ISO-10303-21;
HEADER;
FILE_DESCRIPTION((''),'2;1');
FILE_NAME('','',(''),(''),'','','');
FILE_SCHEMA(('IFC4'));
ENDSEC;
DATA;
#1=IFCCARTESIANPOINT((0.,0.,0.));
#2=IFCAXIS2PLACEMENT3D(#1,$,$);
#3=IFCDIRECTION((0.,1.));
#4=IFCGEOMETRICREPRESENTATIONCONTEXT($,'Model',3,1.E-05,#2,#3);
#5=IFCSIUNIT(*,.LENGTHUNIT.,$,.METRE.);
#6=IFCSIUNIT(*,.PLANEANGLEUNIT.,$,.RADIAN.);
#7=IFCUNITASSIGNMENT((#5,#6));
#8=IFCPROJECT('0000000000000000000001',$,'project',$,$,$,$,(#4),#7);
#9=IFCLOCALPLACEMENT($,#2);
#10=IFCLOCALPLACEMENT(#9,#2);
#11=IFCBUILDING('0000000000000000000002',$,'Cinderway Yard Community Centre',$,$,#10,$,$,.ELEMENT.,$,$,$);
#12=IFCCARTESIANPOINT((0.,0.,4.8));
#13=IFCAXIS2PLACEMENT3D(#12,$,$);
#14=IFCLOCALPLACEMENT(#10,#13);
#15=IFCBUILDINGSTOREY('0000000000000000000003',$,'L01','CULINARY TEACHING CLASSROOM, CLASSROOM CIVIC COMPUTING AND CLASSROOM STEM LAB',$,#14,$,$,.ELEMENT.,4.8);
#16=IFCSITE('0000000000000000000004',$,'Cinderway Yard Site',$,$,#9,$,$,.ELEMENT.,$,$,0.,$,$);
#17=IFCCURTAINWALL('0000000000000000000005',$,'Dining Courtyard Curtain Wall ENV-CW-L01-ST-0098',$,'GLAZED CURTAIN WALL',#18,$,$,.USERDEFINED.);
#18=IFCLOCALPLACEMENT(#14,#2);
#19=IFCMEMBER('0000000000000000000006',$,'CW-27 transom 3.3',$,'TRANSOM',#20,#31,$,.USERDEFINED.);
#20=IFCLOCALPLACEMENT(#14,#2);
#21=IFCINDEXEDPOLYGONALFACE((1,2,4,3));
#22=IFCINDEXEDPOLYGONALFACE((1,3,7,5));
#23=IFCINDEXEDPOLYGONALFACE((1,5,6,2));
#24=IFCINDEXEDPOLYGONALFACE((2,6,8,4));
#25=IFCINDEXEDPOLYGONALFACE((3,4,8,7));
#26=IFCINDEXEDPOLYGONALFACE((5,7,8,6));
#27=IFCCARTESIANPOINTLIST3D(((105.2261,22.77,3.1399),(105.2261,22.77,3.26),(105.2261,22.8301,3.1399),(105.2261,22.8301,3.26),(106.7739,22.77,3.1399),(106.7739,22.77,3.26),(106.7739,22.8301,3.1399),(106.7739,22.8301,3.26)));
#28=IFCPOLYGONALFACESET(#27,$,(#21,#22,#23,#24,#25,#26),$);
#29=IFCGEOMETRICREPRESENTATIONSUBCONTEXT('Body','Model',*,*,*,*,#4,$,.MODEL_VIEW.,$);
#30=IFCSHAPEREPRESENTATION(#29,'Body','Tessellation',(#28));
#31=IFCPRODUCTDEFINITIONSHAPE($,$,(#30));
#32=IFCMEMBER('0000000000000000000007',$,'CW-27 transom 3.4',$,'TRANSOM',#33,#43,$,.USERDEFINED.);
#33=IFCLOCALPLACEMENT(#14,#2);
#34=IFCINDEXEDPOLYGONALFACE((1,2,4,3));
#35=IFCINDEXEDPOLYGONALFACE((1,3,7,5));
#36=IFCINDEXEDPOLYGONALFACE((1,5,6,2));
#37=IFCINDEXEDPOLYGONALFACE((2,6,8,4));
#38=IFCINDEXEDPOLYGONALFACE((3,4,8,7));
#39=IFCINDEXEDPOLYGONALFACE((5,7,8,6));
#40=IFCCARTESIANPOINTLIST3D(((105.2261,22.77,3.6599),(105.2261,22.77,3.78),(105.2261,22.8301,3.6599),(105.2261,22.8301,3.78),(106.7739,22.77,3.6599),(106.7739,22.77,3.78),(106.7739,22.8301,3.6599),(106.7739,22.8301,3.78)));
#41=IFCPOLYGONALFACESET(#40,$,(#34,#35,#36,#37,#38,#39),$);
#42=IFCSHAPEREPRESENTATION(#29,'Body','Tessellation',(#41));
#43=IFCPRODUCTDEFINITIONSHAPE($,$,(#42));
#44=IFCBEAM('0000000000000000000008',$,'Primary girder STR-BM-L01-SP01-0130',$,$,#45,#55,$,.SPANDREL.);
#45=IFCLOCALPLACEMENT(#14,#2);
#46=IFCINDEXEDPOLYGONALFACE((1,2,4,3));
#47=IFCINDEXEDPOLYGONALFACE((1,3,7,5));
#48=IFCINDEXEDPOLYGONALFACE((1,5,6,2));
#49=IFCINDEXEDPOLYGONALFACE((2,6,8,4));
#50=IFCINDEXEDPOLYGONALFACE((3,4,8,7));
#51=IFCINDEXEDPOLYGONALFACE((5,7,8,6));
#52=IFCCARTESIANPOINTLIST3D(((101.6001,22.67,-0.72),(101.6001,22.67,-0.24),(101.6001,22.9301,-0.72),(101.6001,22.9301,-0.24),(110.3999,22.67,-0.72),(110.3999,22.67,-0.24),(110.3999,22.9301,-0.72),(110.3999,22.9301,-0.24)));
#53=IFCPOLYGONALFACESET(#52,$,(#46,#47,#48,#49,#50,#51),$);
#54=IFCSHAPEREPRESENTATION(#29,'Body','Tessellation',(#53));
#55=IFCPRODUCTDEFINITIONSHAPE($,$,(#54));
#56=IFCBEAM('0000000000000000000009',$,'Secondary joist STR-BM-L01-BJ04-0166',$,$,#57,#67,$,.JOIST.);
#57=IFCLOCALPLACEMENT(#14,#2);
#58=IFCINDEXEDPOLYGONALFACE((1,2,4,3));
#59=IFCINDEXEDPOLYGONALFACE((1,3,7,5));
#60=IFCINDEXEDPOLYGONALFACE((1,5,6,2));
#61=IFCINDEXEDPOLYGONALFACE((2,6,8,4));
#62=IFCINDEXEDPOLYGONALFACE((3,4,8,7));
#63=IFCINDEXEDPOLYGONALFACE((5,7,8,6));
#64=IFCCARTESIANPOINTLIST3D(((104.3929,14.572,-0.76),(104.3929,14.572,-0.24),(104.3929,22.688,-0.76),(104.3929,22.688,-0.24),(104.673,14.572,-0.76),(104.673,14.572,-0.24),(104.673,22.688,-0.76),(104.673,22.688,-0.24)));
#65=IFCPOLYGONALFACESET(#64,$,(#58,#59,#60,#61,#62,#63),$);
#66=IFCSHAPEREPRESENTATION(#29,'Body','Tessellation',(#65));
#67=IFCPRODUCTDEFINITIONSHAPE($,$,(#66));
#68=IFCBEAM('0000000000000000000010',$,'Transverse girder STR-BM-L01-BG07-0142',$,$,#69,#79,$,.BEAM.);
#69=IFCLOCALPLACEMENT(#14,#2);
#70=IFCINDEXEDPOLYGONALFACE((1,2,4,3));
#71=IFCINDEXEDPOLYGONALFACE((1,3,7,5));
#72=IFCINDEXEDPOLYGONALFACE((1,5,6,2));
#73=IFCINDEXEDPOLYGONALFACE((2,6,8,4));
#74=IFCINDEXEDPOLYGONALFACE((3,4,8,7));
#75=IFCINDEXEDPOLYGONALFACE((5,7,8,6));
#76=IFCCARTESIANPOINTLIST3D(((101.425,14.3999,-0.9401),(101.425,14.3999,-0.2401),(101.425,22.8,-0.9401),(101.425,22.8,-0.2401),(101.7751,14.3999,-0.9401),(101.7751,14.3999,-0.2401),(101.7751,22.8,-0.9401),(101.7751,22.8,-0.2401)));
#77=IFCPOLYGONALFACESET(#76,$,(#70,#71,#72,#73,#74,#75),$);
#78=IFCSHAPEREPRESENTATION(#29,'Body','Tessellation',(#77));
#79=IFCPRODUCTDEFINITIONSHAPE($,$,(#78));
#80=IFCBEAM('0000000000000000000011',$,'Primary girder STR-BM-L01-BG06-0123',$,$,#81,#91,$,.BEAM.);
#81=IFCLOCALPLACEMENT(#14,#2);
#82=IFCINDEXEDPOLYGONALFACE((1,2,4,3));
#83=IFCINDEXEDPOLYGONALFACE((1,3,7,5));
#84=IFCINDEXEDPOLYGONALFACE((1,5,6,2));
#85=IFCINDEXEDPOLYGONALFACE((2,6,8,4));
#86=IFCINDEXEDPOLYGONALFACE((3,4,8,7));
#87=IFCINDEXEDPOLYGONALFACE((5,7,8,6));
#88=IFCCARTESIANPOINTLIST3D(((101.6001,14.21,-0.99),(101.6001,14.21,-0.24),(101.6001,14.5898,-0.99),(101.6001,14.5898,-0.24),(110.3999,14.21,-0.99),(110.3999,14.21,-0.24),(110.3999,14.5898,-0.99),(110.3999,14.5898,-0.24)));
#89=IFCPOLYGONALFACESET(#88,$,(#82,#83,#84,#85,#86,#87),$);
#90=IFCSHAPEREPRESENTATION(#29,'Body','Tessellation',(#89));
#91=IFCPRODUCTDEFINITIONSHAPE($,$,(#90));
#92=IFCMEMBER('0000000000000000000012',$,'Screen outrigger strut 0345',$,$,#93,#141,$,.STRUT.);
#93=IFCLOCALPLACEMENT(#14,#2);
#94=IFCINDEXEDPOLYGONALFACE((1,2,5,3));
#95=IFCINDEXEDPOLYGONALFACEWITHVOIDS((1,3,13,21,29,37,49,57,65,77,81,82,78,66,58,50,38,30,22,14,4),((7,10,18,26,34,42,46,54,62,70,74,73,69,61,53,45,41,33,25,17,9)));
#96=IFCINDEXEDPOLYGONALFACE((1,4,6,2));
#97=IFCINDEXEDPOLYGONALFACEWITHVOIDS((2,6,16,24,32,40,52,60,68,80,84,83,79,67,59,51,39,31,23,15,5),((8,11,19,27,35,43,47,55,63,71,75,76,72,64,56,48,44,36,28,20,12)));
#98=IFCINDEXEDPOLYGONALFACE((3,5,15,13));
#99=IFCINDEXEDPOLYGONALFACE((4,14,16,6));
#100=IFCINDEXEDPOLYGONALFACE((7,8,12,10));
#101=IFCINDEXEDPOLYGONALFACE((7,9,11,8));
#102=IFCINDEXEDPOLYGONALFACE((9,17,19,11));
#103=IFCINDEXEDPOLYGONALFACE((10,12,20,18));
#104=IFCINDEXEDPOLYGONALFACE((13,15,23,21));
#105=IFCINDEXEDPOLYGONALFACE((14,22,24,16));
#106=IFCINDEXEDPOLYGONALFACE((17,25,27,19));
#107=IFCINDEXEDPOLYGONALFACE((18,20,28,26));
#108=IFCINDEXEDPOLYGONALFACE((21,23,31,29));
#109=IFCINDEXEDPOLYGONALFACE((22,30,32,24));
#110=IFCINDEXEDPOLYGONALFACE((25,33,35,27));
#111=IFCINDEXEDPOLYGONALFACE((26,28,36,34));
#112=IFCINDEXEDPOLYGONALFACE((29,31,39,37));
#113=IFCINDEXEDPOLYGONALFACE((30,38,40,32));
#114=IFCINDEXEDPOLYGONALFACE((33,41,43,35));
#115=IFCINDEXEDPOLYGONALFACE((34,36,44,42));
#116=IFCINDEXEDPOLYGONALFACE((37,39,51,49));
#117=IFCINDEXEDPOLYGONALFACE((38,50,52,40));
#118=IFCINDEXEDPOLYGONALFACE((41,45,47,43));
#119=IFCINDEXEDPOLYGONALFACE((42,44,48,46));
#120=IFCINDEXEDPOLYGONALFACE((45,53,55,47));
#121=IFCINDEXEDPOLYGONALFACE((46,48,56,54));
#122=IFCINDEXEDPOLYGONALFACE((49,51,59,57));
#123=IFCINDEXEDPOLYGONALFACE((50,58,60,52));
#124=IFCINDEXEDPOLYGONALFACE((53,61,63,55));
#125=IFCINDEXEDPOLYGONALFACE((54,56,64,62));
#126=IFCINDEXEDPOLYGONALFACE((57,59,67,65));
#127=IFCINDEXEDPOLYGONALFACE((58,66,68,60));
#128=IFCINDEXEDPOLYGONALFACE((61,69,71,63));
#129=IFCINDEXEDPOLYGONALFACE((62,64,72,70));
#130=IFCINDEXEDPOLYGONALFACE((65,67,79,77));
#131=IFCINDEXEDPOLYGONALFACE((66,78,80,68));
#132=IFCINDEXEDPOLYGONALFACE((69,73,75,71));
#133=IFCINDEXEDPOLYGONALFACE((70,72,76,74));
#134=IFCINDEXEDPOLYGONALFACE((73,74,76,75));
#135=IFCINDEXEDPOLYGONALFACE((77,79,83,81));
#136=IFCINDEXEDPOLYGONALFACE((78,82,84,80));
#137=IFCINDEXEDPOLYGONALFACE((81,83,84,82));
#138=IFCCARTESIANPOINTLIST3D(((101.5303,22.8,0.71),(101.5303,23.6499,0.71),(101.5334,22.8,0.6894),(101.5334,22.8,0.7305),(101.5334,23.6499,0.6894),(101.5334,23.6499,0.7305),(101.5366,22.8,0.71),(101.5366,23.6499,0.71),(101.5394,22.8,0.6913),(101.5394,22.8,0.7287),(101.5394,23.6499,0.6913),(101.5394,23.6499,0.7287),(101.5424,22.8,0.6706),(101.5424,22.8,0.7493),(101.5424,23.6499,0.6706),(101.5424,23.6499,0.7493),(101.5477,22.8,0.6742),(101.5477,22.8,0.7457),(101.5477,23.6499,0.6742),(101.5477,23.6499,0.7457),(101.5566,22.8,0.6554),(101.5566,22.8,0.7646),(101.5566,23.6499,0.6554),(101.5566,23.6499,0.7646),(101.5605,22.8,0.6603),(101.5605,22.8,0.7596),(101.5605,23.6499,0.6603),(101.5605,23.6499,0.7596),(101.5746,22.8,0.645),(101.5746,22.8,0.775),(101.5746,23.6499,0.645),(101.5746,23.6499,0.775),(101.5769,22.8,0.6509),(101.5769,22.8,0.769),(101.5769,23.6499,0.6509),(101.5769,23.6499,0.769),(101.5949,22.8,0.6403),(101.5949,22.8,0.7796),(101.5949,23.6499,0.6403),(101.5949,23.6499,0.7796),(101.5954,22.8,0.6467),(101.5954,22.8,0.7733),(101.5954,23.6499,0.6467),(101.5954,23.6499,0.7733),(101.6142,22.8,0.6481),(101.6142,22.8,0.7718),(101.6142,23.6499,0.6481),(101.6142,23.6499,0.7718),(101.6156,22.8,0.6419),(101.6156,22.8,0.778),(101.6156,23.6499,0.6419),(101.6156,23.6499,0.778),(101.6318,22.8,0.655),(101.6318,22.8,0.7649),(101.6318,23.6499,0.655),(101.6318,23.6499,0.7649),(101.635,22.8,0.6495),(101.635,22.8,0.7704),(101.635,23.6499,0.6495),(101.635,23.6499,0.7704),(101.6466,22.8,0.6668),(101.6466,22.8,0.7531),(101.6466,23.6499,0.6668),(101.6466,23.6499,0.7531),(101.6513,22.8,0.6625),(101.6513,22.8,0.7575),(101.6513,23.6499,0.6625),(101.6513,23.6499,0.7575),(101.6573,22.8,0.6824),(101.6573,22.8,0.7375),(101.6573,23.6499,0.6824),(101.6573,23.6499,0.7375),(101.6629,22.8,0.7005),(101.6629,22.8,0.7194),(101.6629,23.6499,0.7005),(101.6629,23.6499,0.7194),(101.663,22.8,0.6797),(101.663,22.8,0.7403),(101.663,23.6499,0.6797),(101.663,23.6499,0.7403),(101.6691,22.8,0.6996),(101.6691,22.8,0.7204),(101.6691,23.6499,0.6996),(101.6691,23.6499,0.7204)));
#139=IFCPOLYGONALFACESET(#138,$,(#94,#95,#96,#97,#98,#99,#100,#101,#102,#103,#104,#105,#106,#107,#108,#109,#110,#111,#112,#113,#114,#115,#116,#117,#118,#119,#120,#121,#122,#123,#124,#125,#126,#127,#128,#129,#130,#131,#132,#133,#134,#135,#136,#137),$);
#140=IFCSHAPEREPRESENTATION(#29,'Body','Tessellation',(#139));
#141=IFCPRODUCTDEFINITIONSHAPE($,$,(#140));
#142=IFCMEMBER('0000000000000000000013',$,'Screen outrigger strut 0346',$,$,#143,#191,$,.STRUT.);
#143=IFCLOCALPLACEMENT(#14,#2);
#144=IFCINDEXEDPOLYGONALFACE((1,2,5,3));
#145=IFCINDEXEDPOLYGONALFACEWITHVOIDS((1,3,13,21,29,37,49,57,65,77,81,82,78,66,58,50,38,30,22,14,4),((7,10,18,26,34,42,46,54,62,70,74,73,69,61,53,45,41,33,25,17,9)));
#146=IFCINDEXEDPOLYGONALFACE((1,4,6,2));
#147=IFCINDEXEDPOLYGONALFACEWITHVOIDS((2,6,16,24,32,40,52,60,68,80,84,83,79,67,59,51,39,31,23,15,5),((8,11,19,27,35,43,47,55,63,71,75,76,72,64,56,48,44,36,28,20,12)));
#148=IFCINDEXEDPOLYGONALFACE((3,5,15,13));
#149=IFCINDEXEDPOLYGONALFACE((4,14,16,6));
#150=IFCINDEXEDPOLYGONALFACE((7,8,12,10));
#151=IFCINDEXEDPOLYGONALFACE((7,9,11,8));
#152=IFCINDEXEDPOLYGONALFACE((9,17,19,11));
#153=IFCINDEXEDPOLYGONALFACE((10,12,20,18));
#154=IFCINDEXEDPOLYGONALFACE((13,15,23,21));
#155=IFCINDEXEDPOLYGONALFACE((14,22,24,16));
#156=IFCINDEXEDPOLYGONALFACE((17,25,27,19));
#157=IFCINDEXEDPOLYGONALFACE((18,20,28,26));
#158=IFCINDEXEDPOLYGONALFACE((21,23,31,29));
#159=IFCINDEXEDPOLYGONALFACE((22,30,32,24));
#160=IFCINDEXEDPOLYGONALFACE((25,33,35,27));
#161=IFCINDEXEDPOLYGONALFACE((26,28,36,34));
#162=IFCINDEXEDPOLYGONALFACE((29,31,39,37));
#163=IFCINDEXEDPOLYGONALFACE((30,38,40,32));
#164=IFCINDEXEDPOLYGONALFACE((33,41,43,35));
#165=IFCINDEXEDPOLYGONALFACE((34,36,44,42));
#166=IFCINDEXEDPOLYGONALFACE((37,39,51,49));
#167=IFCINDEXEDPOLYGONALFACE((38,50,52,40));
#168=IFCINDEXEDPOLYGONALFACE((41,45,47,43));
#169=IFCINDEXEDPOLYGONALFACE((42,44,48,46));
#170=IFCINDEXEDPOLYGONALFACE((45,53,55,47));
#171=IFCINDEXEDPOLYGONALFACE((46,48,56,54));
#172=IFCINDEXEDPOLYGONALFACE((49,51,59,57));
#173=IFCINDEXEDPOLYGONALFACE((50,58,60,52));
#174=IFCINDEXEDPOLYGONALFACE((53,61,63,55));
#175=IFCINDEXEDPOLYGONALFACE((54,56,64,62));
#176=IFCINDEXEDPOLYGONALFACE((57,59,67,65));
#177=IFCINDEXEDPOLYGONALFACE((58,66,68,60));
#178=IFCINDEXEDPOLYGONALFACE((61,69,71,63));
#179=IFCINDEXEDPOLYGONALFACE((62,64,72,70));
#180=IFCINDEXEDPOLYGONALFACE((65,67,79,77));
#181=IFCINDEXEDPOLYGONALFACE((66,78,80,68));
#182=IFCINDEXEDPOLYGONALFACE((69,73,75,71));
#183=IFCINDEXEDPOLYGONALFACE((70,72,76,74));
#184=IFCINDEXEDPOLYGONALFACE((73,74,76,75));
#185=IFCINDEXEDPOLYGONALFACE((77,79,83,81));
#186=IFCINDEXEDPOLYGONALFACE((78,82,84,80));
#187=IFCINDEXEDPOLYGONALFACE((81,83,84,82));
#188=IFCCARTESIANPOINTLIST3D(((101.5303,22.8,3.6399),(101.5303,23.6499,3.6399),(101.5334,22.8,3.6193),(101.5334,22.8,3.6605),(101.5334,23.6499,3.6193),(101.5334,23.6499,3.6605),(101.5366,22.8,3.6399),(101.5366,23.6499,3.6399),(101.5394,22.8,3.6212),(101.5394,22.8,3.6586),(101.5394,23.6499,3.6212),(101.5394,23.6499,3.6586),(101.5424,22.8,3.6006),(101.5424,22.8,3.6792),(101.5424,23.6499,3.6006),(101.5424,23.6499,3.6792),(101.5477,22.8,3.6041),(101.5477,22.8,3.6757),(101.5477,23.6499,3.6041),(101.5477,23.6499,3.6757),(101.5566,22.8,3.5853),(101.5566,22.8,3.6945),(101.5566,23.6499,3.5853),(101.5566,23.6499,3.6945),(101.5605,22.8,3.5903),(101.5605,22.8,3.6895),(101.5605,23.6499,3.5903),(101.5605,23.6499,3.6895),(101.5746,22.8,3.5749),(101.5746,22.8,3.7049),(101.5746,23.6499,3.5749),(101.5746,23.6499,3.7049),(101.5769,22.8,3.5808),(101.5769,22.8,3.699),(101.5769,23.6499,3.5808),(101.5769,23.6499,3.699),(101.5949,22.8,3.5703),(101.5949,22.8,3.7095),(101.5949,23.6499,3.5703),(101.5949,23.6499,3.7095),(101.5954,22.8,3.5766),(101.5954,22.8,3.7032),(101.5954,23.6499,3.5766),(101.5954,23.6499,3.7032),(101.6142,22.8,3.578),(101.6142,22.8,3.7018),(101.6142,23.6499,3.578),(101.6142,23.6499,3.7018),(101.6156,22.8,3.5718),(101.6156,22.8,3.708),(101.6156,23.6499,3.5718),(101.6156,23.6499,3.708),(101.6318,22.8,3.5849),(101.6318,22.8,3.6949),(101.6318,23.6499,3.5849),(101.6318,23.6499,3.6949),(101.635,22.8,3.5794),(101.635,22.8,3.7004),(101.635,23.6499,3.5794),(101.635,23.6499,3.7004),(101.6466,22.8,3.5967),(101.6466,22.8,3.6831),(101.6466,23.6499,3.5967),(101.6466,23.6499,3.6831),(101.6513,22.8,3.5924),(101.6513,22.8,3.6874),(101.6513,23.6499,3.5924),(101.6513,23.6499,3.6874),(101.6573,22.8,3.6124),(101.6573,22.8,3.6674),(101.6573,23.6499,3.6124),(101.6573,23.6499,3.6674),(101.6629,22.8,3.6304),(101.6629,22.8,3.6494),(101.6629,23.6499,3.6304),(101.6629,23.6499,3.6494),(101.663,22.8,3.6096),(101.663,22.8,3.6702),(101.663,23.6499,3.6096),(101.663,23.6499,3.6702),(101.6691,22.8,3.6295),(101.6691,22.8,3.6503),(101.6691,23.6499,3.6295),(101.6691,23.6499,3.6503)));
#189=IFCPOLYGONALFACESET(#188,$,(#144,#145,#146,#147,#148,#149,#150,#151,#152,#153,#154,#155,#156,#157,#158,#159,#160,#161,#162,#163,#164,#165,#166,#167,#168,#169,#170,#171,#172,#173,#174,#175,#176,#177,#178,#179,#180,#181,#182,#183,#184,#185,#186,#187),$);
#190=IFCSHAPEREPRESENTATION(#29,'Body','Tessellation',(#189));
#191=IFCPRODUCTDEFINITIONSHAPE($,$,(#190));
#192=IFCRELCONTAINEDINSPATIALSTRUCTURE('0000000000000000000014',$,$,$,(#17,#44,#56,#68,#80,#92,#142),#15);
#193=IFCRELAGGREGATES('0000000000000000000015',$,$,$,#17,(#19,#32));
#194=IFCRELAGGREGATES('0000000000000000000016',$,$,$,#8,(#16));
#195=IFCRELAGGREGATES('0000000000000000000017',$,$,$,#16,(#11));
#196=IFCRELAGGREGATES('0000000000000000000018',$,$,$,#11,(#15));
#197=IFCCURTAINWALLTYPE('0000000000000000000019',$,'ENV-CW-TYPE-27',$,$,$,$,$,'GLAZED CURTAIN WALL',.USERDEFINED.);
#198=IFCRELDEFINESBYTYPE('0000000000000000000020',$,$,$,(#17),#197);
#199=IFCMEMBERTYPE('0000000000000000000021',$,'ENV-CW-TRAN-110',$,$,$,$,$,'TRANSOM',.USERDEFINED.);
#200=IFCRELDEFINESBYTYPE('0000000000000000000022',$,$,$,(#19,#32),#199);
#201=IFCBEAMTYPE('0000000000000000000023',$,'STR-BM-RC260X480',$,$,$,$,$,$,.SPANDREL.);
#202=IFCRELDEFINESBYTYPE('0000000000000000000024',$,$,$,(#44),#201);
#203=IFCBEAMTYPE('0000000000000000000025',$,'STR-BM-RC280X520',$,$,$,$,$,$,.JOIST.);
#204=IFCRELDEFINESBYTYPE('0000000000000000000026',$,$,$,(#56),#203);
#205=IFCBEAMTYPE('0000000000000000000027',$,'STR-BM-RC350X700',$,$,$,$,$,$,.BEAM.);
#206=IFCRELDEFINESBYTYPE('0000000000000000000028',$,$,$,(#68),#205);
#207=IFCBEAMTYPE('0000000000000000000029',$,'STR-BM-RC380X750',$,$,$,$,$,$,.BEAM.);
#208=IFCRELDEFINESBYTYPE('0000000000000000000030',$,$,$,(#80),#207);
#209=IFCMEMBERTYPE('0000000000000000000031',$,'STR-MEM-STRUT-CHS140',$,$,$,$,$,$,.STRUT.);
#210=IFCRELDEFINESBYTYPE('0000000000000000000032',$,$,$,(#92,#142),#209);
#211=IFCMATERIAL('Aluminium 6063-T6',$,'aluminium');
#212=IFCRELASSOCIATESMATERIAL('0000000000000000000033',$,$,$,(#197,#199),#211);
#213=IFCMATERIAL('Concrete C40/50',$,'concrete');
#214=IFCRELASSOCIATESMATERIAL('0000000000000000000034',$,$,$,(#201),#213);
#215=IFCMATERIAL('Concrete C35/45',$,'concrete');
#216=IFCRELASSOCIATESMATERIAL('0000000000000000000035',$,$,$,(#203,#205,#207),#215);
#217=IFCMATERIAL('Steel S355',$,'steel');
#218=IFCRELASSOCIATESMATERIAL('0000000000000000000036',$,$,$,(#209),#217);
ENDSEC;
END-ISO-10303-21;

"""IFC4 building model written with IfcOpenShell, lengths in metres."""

from ifc_helpers import new_model, si_unit, direction, frame, origin, origin_2d, place, context, subcontext, project, spatial, rectangle, hollow_circle, extrude, material, material_profile, profile_set, type_object, element, aggregate, save


model = new_model("IFC4")

# Units and contexts
model_context = context("Model", 3, precision=1e-05, world=origin(), true_north=direction((0.0, 1.0)))
body_context = subcontext(model_context, "Body", "Model", "MODEL_VIEW")
ifc_project = project(units=[si_unit("LENGTHUNIT", "METRE"), si_unit("PLANEANGLEUNIT", "RADIAN")], contexts=[model_context])

# Site, building, storey
site_placement = place(None, origin())
site = spatial("IfcSite", under=ifc_project, at=site_placement, Name="Cinderway Yard Site", CompositionType="ELEMENT", RefElevation=0.0)
building_placement = place(site_placement, origin())
building = spatial("IfcBuilding", under=site, at=building_placement, Name="Cinderway Yard Community Centre", CompositionType="ELEMENT")
storey_placement = place(building_placement, frame((0.0, 0.0, 4.8)))
storey = spatial("IfcBuildingStorey", under=building, at=storey_placement, Name="L01", Description="CULINARY TEACHING CLASSROOM, CLASSROOM CIVIC COMPUTING AND CLASSROOM STEM LAB", CompositionType="ELEMENT", Elevation=4.8)

# Shared definitions
ifc_material_1 = material(Name="Concrete C40/50", Category="concrete")

# Curtain wall, members
ifc_material_2 = material(Name="Aluminium 6063-T6", Category="aluminium")
curtain_wall_type = type_object("IfcCurtainWallType", Name="ENV-CW-TYPE-27", ElementType="GLAZED CURTAIN WALL", PredefinedType="USERDEFINED", material=ifc_material_2)
curtain_wall_placement = place(storey_placement, origin())
curtain_wall = element("IfcCurtainWall", 1, at=curtain_wall_placement, inside=storey, type_object=curtain_wall_type, Name="Dining Courtyard Curtain Wall ENV-CW-L01-ST-0098", ObjectType="GLAZED CURTAIN WALL", PredefinedType="USERDEFINED")
ifc_material_profile_1 = material_profile(ifc_material_2, rectangle(XDim=0.0601, YDim=0.1201, at=origin_2d()), Name="Aluminium 6063-T6")
ifc_profile_set_1 = profile_set([ifc_material_profile_1], Name="Aluminium 6063-T6")
member_type_1 = type_object("IfcMemberType", Name="ENV-CW-TRAN-110", ElementType="TRANSOM", PredefinedType="USERDEFINED", material=ifc_profile_set_1)
member_1_placement = place(storey_placement, frame((105.2261, 22.8, 3.2), z_axis=(1.0, 0.0, 0.0), x_axis=(0.0, 1.0, 0.0)))
member_1 = element("IfcMember", 2, at=member_1_placement, type_object=member_type_1, Name="CW-27 transom 3.3", ObjectType="TRANSOM", PredefinedType="USERDEFINED", context=body_context, shape_type="SweptSolid", body=[
    extrude(rectangle(XDim=0.0601, YDim=0.1201, at=origin_2d()), origin(), (0.0, 0.0, 1.0), 1.5479),
])
member_2_placement = place(storey_placement, frame((105.2261, 22.8, 3.72), z_axis=(1.0, 0.0, 0.0), x_axis=(0.0, 1.0, 0.0)))
member_2 = element("IfcMember", 3, at=member_2_placement, type_object=member_type_1, Name="CW-27 transom 3.4", ObjectType="TRANSOM", PredefinedType="USERDEFINED", context=body_context, shape_type="SweptSolid", body=[
    extrude(rectangle(XDim=0.0601, YDim=0.1201, at=origin_2d()), origin(), (0.0, 0.0, 1.0), 1.5479),
])

# Beams
ifc_material_profile_2 = material_profile(ifc_material_1, rectangle(XDim=0.26, YDim=0.48, at=origin_2d()), Name="Concrete C40/50")
ifc_profile_set_2 = profile_set([ifc_material_profile_2], Name="Concrete C40/50")
beam_type_1 = type_object("IfcBeamType", Name="STR-BM-RC260X480", PredefinedType="SPANDREL", material=ifc_profile_set_2)
beam_1_placement = place(storey_placement, frame((101.6001, 22.8, -0.48), z_axis=(1.0, 0.0, 0.0), x_axis=(0.0, 1.0, 0.0)))
element("IfcBeam", 4, at=beam_1_placement, inside=storey, type_object=beam_type_1, Name="Primary girder STR-BM-L01-SP01-0130", PredefinedType="SPANDREL", context=body_context, shape_type="SweptSolid", body=[
    extrude(rectangle(XDim=0.26, YDim=0.48, at=origin_2d()), origin(), (0.0, 0.0, 1.0), 8.7998),
])
ifc_material_3 = material(Name="Concrete C35/45", Category="concrete")
ifc_material_profile_3 = material_profile(ifc_material_3, rectangle(XDim=0.28, YDim=0.52, at=origin_2d()), Name="Concrete C35/45")
ifc_profile_set_3 = profile_set([ifc_material_profile_3], Name="Concrete C35/45")
beam_type_2 = type_object("IfcBeamType", Name="STR-BM-RC280X520", PredefinedType="JOIST", material=ifc_profile_set_3)
beam_2_placement = place(storey_placement, frame((104.533, 14.572, -0.5), z_axis=(0.0, 1.0, 0.0), x_axis=(-1.0, 0.0, 0.0)))
element("IfcBeam", 5, at=beam_2_placement, inside=storey, type_object=beam_type_2, Name="Secondary joist STR-BM-L01-BJ04-0166", PredefinedType="JOIST", context=body_context, shape_type="SweptSolid", body=[
    extrude(rectangle(XDim=0.28, YDim=0.52, at=origin_2d()), origin(), (0.0, 0.0, 1.0), 8.116),
])
ifc_material_profile_4 = material_profile(ifc_material_3, rectangle(XDim=0.3501, YDim=0.7, at=origin_2d()), Name="Concrete C35/45")
ifc_profile_set_4 = profile_set([ifc_material_profile_4], Name="Concrete C35/45")
beam_type_3 = type_object("IfcBeamType", Name="STR-BM-RC350X700", PredefinedType="BEAM", material=ifc_profile_set_4)
beam_3_placement = place(storey_placement, frame((101.6001, 14.3999, -0.5901), z_axis=(0.0, 1.0, 0.0), x_axis=(-1.0, 0.0, 0.0)))
element("IfcBeam", 6, at=beam_3_placement, inside=storey, type_object=beam_type_3, Name="Transverse girder STR-BM-L01-BG07-0142", PredefinedType="BEAM", context=body_context, shape_type="SweptSolid", body=[
    extrude(rectangle(XDim=0.3501, YDim=0.7, at=origin_2d()), origin(), (0.0, 0.0, 1.0), 8.4001),
])
ifc_material_profile_5 = material_profile(ifc_material_3, rectangle(XDim=0.3799, YDim=0.75, at=origin_2d()), Name="Concrete C35/45")
ifc_profile_set_5 = profile_set([ifc_material_profile_5], Name="Concrete C35/45")
beam_type_4 = type_object("IfcBeamType", Name="STR-BM-RC380X750", PredefinedType="BEAM", material=ifc_profile_set_5)
beam_4_placement = place(storey_placement, frame((101.6001, 14.3999, -0.615), z_axis=(1.0, 0.0, 0.0), x_axis=(0.0, 1.0, 0.0)))
element("IfcBeam", 7, at=beam_4_placement, inside=storey, type_object=beam_type_4, Name="Primary girder STR-BM-L01-BG06-0123", PredefinedType="BEAM", context=body_context, shape_type="SweptSolid", body=[
    extrude(rectangle(XDim=0.3799, YDim=0.75, at=origin_2d()), origin(), (0.0, 0.0, 1.0), 8.7998),
])

# Members
ifc_material_4 = material(Name="Steel S355", Category="steel")
ifc_material_profile_6 = material_profile(ifc_material_4, hollow_circle(Radius=0.0698, WallThickness=0.0063, at=origin_2d()), Name="Steel S355")
ifc_profile_set_6 = profile_set([ifc_material_profile_6], Name="Steel S355")
member_type_2 = type_object("IfcMemberType", Name="STR-MEM-STRUT-CHS140", PredefinedType="STRUT", material=ifc_profile_set_6)
for number, where, z_axis, x_axis, name in (
    (8, (101.6001, 22.8, 0.71), (0.0, 1.0, 0.0), (-1.0, 0.0, 0.0), "Screen outrigger strut 0345"),
    (9, (101.6001, 22.8, 3.6399), (0.0, 1.0, 0.0), (-1.0, 0.0, 0.0), "Screen outrigger strut 0346"),
):
    element("IfcMember", number, at=place(storey_placement, frame(where, z_axis=z_axis, x_axis=x_axis)), inside=storey, type_object=member_type_2, Name=name, PredefinedType="STRUT", context=body_context, shape_type="SweptSolid", body=[
        extrude(hollow_circle(Radius=0.0698, WallThickness=0.0063, at=origin_2d()), origin(), (0.0, 0.0, 1.0), 0.8499),
    ])

aggregate(curtain_wall, [member_1, member_2])

save(model, "model.ifc")
